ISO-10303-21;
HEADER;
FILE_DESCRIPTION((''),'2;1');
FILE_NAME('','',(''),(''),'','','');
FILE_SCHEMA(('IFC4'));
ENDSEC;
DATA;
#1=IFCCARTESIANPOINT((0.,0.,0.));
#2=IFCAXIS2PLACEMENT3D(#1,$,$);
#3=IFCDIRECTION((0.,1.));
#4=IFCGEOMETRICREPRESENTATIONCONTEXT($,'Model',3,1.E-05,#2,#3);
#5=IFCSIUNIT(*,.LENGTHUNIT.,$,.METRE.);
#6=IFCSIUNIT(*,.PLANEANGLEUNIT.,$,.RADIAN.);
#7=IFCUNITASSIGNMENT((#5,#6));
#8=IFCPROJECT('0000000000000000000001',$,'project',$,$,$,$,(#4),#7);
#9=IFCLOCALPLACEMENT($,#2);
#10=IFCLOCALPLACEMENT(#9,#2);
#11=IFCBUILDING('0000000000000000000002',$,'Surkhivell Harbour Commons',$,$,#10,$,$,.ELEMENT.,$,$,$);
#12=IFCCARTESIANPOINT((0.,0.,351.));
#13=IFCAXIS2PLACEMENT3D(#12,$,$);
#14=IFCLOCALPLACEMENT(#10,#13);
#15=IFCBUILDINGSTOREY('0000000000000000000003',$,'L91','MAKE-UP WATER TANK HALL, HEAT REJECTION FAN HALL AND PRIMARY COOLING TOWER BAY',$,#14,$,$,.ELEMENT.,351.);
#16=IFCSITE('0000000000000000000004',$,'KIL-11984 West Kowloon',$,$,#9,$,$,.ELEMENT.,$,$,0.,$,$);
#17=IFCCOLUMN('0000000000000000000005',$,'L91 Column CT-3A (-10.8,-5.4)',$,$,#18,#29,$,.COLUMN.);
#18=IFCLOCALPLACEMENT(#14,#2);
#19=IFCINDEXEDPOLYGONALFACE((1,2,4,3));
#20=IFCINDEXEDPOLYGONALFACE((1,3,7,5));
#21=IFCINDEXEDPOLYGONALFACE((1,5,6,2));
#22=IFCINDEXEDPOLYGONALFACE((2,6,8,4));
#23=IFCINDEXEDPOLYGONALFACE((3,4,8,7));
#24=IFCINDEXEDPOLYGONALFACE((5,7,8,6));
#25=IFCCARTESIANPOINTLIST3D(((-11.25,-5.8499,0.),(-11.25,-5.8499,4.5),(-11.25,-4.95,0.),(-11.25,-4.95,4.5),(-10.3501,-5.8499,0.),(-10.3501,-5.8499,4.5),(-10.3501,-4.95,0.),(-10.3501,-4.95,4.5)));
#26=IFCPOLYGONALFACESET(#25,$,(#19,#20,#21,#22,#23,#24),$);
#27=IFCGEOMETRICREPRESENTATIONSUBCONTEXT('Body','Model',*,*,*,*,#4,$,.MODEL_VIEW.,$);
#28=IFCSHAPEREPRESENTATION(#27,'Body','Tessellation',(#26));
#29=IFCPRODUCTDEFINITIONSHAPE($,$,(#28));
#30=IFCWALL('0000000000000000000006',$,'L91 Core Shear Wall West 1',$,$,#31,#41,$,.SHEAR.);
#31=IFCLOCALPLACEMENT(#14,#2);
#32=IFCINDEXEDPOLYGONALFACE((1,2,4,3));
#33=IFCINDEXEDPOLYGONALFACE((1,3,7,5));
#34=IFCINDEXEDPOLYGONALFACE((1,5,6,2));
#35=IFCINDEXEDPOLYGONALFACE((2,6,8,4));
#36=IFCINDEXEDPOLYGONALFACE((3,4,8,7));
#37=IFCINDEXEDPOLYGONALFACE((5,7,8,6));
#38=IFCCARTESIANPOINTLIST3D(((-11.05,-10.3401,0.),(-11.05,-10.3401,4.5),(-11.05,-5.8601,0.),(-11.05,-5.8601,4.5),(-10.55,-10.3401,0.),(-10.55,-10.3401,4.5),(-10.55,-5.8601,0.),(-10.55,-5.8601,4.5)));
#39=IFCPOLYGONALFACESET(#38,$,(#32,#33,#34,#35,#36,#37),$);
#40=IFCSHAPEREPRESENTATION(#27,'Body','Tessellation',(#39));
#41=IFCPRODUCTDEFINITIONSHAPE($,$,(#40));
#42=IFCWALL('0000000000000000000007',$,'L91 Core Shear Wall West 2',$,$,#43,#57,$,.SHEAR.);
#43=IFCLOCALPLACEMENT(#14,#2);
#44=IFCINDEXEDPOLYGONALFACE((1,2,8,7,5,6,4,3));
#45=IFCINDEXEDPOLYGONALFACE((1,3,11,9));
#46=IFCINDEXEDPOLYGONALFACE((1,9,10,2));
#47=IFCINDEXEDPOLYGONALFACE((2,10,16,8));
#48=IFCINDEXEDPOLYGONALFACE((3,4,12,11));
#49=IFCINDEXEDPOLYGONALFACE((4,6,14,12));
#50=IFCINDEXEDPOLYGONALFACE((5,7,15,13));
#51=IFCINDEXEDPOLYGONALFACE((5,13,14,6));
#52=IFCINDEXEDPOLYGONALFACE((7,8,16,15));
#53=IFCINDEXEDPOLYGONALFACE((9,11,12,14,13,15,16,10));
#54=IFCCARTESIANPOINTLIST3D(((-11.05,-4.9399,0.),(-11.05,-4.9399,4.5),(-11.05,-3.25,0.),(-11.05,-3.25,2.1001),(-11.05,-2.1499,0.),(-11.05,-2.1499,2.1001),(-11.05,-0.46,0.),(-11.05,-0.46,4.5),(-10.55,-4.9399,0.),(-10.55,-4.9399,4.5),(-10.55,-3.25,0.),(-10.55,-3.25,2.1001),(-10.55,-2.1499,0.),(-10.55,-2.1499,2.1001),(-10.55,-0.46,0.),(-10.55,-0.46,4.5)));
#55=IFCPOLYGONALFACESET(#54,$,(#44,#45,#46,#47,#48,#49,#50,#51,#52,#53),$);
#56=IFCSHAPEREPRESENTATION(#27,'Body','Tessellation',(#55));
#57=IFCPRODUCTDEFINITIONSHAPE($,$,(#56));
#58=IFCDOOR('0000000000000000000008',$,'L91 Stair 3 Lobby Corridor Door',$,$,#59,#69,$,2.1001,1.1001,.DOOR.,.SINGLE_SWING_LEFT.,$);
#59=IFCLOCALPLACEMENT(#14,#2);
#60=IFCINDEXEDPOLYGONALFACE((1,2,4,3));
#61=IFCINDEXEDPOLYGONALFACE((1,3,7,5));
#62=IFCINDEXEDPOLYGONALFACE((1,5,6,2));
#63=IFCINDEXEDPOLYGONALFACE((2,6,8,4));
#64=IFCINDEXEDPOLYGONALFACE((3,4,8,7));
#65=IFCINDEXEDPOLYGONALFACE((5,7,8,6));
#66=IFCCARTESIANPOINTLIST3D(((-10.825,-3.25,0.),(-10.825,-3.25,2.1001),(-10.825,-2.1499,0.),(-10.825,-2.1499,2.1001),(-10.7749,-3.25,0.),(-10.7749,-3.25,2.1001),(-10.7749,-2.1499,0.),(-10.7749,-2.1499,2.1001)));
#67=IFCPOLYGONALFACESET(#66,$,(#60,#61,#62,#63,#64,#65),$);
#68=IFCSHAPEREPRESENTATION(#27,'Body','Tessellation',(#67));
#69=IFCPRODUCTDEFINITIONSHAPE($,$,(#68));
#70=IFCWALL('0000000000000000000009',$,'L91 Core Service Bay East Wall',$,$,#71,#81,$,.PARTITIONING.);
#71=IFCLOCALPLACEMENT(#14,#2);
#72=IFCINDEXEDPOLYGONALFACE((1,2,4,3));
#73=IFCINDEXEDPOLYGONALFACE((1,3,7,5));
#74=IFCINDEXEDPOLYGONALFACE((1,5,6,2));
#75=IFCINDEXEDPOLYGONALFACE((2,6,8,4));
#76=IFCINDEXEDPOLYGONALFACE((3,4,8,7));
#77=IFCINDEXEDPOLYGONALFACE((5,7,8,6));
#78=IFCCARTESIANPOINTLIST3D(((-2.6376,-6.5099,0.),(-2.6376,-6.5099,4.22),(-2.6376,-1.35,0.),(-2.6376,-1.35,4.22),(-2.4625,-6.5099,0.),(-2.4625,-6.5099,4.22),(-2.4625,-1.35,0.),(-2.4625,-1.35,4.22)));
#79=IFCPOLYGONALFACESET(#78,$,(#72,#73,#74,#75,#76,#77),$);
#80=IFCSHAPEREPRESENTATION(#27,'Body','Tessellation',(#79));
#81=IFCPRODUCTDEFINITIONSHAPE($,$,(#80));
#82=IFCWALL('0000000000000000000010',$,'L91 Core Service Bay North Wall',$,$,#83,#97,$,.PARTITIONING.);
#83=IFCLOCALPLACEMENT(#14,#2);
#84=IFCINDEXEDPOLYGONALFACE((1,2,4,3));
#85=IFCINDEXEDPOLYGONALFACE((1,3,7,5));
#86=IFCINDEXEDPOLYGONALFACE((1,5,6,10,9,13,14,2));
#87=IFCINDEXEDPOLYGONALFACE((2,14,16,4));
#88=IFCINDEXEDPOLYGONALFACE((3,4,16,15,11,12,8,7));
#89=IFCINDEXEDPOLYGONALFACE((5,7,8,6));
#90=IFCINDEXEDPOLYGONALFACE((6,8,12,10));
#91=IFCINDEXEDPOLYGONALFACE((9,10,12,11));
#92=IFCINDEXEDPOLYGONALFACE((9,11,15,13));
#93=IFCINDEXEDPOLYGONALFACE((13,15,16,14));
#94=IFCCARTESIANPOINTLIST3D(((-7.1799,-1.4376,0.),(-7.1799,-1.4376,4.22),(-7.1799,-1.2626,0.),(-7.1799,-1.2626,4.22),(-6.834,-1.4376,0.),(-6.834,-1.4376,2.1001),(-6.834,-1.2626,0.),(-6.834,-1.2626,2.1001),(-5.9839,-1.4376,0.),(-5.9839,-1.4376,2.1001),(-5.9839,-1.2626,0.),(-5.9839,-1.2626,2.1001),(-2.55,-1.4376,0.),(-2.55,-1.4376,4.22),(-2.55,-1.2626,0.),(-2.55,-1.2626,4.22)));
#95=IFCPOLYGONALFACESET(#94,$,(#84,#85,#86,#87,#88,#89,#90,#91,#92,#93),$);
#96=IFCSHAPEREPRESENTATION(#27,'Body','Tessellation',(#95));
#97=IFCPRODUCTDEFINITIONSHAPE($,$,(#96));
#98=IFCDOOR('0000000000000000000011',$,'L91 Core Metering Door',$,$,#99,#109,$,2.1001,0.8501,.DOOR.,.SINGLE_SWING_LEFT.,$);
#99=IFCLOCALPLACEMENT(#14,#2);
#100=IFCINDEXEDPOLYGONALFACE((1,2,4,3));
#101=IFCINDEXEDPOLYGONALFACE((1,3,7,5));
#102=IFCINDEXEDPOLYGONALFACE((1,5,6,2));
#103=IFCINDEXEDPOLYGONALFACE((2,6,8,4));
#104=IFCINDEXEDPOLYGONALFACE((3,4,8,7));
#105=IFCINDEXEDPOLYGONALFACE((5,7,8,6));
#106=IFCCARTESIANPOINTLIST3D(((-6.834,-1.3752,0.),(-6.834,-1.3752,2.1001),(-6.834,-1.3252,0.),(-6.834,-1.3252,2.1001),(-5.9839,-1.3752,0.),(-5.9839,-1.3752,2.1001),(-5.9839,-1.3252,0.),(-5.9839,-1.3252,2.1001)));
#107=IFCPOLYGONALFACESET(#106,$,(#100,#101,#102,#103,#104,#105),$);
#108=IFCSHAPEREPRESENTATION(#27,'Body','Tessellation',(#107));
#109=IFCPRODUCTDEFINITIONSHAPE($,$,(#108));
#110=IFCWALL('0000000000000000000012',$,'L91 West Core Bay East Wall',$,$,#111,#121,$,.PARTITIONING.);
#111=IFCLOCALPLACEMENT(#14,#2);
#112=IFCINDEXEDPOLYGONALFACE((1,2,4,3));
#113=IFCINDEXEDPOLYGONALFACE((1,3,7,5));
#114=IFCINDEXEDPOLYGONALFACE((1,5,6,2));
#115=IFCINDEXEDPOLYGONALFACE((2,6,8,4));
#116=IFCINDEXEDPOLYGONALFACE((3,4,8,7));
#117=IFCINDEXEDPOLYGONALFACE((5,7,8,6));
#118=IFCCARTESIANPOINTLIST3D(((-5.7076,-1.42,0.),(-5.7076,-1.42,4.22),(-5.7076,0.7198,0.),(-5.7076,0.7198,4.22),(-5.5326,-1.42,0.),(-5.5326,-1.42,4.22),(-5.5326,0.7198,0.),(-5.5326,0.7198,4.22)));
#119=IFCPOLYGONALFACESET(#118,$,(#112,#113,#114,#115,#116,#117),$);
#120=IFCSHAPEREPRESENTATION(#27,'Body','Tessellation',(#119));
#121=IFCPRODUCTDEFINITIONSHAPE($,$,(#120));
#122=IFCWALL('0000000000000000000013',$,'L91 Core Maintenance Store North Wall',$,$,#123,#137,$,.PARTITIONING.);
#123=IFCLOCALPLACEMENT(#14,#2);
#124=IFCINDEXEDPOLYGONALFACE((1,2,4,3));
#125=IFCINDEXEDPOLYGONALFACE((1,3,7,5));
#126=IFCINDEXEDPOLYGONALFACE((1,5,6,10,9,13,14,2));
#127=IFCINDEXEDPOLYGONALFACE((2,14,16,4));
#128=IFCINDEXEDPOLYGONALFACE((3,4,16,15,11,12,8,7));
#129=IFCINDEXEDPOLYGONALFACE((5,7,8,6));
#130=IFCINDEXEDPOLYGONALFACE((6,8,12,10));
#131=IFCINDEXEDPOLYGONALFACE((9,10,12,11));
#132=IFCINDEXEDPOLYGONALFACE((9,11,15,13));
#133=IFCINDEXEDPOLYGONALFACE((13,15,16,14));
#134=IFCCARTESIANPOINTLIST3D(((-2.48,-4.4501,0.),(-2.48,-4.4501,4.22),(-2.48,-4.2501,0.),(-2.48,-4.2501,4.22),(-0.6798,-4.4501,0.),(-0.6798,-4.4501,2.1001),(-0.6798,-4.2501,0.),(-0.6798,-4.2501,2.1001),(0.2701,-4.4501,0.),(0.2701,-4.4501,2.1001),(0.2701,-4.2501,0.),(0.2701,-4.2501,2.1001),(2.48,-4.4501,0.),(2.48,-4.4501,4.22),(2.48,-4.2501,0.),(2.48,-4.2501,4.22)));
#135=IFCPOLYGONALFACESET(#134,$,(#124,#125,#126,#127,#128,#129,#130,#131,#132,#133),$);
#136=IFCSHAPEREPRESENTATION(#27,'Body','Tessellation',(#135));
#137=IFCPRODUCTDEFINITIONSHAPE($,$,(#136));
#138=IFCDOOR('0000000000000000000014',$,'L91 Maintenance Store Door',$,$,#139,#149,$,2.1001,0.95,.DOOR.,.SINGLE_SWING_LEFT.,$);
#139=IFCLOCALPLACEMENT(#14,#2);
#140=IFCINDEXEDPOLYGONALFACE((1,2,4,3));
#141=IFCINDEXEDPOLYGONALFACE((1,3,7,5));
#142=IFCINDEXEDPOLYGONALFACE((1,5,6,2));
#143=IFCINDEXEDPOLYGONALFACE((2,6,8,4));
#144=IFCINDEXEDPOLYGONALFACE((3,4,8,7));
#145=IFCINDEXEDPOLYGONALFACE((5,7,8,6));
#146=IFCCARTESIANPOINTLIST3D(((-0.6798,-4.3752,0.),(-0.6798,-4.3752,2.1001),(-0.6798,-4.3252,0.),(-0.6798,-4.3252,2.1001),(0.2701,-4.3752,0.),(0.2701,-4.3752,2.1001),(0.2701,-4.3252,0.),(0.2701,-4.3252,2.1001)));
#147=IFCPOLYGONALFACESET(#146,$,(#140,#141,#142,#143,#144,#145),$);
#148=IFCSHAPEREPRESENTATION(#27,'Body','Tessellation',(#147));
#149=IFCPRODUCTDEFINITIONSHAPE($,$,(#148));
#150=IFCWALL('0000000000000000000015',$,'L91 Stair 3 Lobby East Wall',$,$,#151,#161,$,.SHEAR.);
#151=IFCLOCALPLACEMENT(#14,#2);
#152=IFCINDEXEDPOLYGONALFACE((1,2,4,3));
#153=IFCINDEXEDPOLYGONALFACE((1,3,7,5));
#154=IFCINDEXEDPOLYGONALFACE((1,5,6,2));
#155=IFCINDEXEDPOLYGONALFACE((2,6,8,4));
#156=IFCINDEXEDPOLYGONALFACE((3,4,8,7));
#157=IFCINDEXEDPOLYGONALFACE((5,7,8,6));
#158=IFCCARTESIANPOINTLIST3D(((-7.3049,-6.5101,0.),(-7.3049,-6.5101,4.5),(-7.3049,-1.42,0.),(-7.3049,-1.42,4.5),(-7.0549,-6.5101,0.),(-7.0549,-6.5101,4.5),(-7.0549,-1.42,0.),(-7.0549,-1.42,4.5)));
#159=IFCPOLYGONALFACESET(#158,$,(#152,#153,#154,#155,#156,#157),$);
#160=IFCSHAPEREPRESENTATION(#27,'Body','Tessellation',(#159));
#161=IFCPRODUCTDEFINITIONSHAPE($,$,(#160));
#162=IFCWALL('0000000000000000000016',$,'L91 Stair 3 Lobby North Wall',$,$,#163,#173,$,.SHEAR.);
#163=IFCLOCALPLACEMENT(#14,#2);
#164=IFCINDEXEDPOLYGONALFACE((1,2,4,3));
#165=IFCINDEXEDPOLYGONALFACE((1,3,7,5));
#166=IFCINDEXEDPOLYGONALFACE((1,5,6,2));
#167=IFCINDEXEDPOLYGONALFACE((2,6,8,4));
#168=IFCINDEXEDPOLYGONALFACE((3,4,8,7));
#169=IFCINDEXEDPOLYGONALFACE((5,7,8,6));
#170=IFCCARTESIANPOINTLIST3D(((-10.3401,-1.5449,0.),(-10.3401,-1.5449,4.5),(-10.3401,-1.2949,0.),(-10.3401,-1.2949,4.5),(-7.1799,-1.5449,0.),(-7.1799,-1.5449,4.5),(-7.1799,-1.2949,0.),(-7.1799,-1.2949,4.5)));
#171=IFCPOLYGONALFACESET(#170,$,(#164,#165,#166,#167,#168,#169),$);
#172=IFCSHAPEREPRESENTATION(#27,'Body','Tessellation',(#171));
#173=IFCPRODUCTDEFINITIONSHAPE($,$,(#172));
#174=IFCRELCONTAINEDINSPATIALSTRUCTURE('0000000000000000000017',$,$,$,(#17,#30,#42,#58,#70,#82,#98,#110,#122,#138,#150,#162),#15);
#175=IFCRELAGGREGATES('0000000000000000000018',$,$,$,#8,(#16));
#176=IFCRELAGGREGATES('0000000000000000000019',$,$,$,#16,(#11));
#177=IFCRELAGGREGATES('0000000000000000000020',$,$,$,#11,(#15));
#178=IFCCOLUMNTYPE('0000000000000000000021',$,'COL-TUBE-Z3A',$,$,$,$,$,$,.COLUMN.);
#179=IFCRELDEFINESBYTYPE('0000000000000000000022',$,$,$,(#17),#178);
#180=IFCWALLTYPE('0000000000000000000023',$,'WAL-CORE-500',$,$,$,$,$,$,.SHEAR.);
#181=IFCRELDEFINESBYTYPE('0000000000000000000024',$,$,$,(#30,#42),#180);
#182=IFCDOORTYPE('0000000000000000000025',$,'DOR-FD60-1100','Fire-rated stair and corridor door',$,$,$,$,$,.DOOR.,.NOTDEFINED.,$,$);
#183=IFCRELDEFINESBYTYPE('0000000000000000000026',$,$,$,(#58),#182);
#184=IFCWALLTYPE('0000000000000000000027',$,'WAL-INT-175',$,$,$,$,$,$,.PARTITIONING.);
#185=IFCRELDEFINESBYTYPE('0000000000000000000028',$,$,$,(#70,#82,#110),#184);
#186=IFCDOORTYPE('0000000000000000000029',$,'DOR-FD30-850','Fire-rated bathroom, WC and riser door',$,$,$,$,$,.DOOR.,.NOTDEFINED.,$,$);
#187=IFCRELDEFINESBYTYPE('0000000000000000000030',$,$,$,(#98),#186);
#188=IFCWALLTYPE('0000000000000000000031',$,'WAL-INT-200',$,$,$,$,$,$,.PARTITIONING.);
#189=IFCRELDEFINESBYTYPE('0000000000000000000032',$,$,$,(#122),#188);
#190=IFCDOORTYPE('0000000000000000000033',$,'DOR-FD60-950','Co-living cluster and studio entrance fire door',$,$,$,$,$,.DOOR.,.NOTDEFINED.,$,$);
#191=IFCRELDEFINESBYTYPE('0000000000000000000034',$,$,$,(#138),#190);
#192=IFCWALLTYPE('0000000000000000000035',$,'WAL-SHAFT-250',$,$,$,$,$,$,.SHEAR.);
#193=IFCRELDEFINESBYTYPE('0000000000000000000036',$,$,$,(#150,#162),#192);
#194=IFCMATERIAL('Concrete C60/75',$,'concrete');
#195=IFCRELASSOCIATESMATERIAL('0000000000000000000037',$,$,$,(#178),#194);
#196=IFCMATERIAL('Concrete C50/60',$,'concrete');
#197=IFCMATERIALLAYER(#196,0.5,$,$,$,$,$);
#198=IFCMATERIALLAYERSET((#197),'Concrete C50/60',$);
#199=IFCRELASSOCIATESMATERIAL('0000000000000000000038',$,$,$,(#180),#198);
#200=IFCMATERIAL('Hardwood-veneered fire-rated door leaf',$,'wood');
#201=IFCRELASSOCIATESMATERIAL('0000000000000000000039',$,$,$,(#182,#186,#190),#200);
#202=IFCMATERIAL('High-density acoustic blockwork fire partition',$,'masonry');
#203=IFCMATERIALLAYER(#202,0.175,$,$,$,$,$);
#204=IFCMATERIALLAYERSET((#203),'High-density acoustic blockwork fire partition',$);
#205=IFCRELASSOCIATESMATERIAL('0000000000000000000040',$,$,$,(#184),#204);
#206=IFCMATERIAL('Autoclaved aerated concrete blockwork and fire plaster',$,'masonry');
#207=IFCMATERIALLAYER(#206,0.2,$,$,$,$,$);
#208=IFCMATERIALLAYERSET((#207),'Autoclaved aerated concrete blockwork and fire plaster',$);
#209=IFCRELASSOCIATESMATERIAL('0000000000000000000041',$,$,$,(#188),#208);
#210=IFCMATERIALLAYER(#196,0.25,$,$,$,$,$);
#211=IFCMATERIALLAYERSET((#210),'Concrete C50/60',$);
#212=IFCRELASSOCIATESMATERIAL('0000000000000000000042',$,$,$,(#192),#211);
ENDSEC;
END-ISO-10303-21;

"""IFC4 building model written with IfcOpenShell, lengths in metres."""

from ifc_helpers import new_model, si_unit, direction, frame, frame_2d, origin, origin_2d, place, context, subcontext, project, spatial, rectangle, extrude, material, layer, layer_set, material_profile, profile_set, type_object, element, fill, save


model = new_model("IFC4")

# Units and contexts
model_context = context("Model", 3, precision=1e-05, world=origin(), true_north=direction((0.0, 1.0)))
body_context = subcontext(model_context, "Body", "Model", "MODEL_VIEW")
ifc_project = project(units=[si_unit("LENGTHUNIT", "METRE"), si_unit("PLANEANGLEUNIT", "RADIAN")], contexts=[model_context])

# Site, building, storey
site_placement = place(None, origin())
site = spatial("IfcSite", under=ifc_project, at=site_placement, Name="KIL-11984 West Kowloon", CompositionType="ELEMENT", RefElevation=0.0)
building_placement = place(site_placement, origin())
building = spatial("IfcBuilding", under=site, at=building_placement, Name="Surkhivell Harbour Commons", CompositionType="ELEMENT")
storey_placement = place(building_placement, frame((0.0, 0.0, 351.0)))
storey = spatial("IfcBuildingStorey", under=building, at=storey_placement, Name="L91", Description="MAKE-UP WATER TANK HALL, HEAT REJECTION FAN HALL AND PRIMARY COOLING TOWER BAY", CompositionType="ELEMENT", Elevation=351.0)

# Column
ifc_material_1 = material(Name="Concrete C60/75", Category="concrete")
ifc_material_profile = material_profile(ifc_material_1, rectangle(XDim=0.8999, YDim=0.8999, at=origin_2d()), Name="RC-COL-900x900")
ifc_profile_set = profile_set([ifc_material_profile], Name="Concrete C60/75")
column_type = type_object("IfcColumnType", Name="COL-TUBE-Z3A", PredefinedType="COLUMN", material=ifc_profile_set)
column_placement = place(storey_placement, frame((-10.8, -5.3999, 0.0), z_axis=(0.0, 0.0, 1.0), x_axis=(1.0, 0.0, 0.0)))
element("IfcColumn", 1, at=column_placement, inside=storey, type_object=column_type, Name="L91 Column CT-3A (-10.8,-5.4)", PredefinedType="COLUMN", context=body_context, shape_type="SweptSolid", body=[
    extrude(rectangle(XDim=0.8999, YDim=0.8999, at=origin_2d()), origin(), (0.0, 0.0, 1.0), 4.5),
])

# Wall
ifc_material_2 = material(Name="Concrete C50/60", Category="concrete")
ifc_layer_1 = layer(ifc_material_2, 0.5)
ifc_layer_set_1 = layer_set([ifc_layer_1], Name="Concrete C50/60")
wall_type_1 = type_object("IfcWallType", Name="WAL-CORE-500", PredefinedType="SHEAR", material=ifc_layer_set_1)
wall_1_placement = place(storey_placement, frame((-10.8, -10.3401, 0.0), z_axis=(0.0, 0.0, 1.0), x_axis=(0.0, 1.0, 0.0)))
element("IfcWall", 2, at=wall_1_placement, inside=storey, type_object=wall_type_1, Name="L91 Core Shear Wall West 1", PredefinedType="SHEAR", context=body_context, shape_type="SweptSolid", body=[
    extrude(rectangle(XDim=4.48, YDim=0.5, at=frame_2d((2.24, 0.0))), origin(), (0.0, 0.0, 1.0), 4.5),
])

# Wall, opening, door
wall_2_placement = place(storey_placement, frame((-10.8, -4.9399, 0.0), z_axis=(0.0, 0.0, 1.0), x_axis=(0.0, 1.0, 0.0)))
wall_2 = element("IfcWall", 3, at=wall_2_placement, inside=storey, type_object=wall_type_1, Name="L91 Core Shear Wall West 2", PredefinedType="SHEAR", context=body_context, shape_type="SweptSolid", body=[
    extrude(rectangle(XDim=4.48, YDim=0.5, at=frame_2d((2.24, 0.0))), origin(), (0.0, 0.0, 1.0), 4.5),
])
opening_1_placement = place(wall_2_placement, frame((1.6899, 0.0, 0.0)))
opening_1 = element("IfcOpeningElement", 4, at=opening_1_placement, cuts=wall_2, PredefinedType="OPENING", context=body_context, shape_type="SweptSolid", body=[
    extrude(rectangle(XDim=1.1001, YDim=2.1001, at=frame_2d((0.55, 1.05))), frame((0.0, 0.26, 0.0), z_axis=(0.0, -1.0, 0.0), x_axis=(1.0, 0.0, 0.0)), (0.0, 0.0, 1.0), 0.52),
])
ifc_material_3 = material(Name="Hardwood-veneered fire-rated door leaf", Category="wood")
door_type_1 = type_object("IfcDoorType", Name="DOR-FD60-1100", Description="Fire-rated stair and corridor door", OperationType="NOTDEFINED", PredefinedType="DOOR", material=ifc_material_3)
door_1_placement = place(opening_1_placement, origin())
door_1 = element("IfcDoor", 5, at=door_1_placement, inside=storey, type_object=door_type_1, Name="L91 Stair 3 Lobby Corridor Door", OperationType="SINGLE_SWING_LEFT", OverallHeight=2.1001, OverallWidth=1.1001, PredefinedType="DOOR", context=body_context, shape_type="SweptSolid", body=[
    extrude(rectangle(XDim=1.1001, YDim=2.1001, at=frame_2d((0.55, 1.05))), frame((0.0, 0.0249, 0.0), z_axis=(0.0, -1.0, 0.0), x_axis=(1.0, 0.0, 0.0)), (0.0, 0.0, 1.0), 0.05),
])
fill(opening_1, door_1)

# Wall
ifc_material_4 = material(Name="High-density acoustic blockwork fire partition", Category="masonry")
ifc_layer_2 = layer(ifc_material_4, 0.175)
ifc_layer_set_2 = layer_set([ifc_layer_2], Name="High-density acoustic blockwork fire partition")
wall_type_2 = type_object("IfcWallType", Name="WAL-INT-175", PredefinedType="PARTITIONING", material=ifc_layer_set_2)
wall_3_placement = place(storey_placement, frame((-2.55, -6.51, 0.0), z_axis=(0.0, 0.0, 1.0), x_axis=(0.0, 1.0, 0.0)))
element("IfcWall", 6, at=wall_3_placement, inside=storey, type_object=wall_type_2, Name="L91 Core Service Bay East Wall", PredefinedType="PARTITIONING", context=body_context, shape_type="SweptSolid", body=[
    extrude(rectangle(XDim=5.1599, YDim=0.175, at=frame_2d((2.5801, 0.0))), origin(), (0.0, 0.0, 1.0), 4.22),
])

# Wall, opening, door
wall_4_placement = place(storey_placement, frame((-7.1799, -1.3501, 0.0), z_axis=(0.0, 0.0, 1.0), x_axis=(1.0, 0.0, 0.0)))
wall_4 = element("IfcWall", 7, at=wall_4_placement, inside=storey, type_object=wall_type_2, Name="L91 Core Service Bay North Wall", PredefinedType="PARTITIONING", context=body_context, shape_type="SweptSolid", body=[
    extrude(rectangle(XDim=4.6299, YDim=0.175, at=frame_2d((2.3149, 0.0))), origin(), (0.0, 0.0, 1.0), 4.22),
])
opening_2_placement = place(wall_4_placement, frame((0.3459, 0.0, 0.0)))
opening_2 = element("IfcOpeningElement", 8, at=opening_2_placement, cuts=wall_4, PredefinedType="OPENING", context=body_context, shape_type="SweptSolid", body=[
    extrude(rectangle(XDim=0.8501, YDim=2.1001, at=frame_2d((0.425, 1.05))), frame((0.0, 0.0974, 0.0), z_axis=(0.0, -1.0, 0.0), x_axis=(1.0, 0.0, 0.0)), (0.0, 0.0, 1.0), 0.1951),
])
door_type_2 = type_object("IfcDoorType", Name="DOR-FD30-850", Description="Fire-rated bathroom, WC and riser door", OperationType="NOTDEFINED", PredefinedType="DOOR", material=ifc_material_3)
door_2_placement = place(opening_2_placement, origin())
door_2 = element("IfcDoor", 9, at=door_2_placement, inside=storey, type_object=door_type_2, Name="L91 Core Metering Door", OperationType="SINGLE_SWING_LEFT", OverallHeight=2.1001, OverallWidth=0.8501, PredefinedType="DOOR", context=body_context, shape_type="SweptSolid", body=[
    extrude(rectangle(XDim=0.8501, YDim=2.1001, at=frame_2d((0.425, 1.05))), frame((0.0, 0.0249, 0.0), z_axis=(0.0, -1.0, 0.0), x_axis=(1.0, 0.0, 0.0)), (0.0, 0.0, 1.0), 0.05),
])
fill(opening_2, door_2)

# Wall
wall_5_placement = place(storey_placement, frame((-5.6201, -1.4199, 0.0), z_axis=(0.0, 0.0, 1.0), x_axis=(0.0, 1.0, 0.0)))
element("IfcWall", 10, at=wall_5_placement, inside=storey, type_object=wall_type_2, Name="L91 West Core Bay East Wall", PredefinedType="PARTITIONING", context=body_context, shape_type="SweptSolid", body=[
    extrude(rectangle(XDim=2.1399, YDim=0.175, at=frame_2d((1.0698, 0.0))), origin(), (0.0, 0.0, 1.0), 4.22),
])

# Wall, opening, door
ifc_material_5 = material(Name="Autoclaved aerated concrete blockwork and fire plaster", Category="masonry")
ifc_layer_3 = layer(ifc_material_5, 0.2)
ifc_layer_set_3 = layer_set([ifc_layer_3], Name="Autoclaved aerated concrete blockwork and fire plaster")
wall_type_3 = type_object("IfcWallType", Name="WAL-INT-200", PredefinedType="PARTITIONING", material=ifc_layer_set_3)
wall_6_placement = place(storey_placement, frame((-2.48, -4.3501, 0.0), z_axis=(0.0, 0.0, 1.0), x_axis=(1.0, 0.0, 0.0)))
wall_6 = element("IfcWall", 11, at=wall_6_placement, inside=storey, type_object=wall_type_3, Name="L91 Core Maintenance Store North Wall", PredefinedType="PARTITIONING", context=body_context, shape_type="SweptSolid", body=[
    extrude(rectangle(XDim=4.96, YDim=0.2, at=frame_2d((2.48, 0.0))), origin(), (0.0, 0.0, 1.0), 4.22),
])
opening_3_placement = place(wall_6_placement, frame((1.8, 0.0, 0.0)))
opening_3 = element("IfcOpeningElement", 12, at=opening_3_placement, cuts=wall_6, PredefinedType="OPENING", context=body_context, shape_type="SweptSolid", body=[
    extrude(rectangle(XDim=0.95, YDim=2.1001, at=frame_2d((0.4751, 1.05))), frame((0.0, 0.1099, 0.0), z_axis=(0.0, -1.0, 0.0), x_axis=(1.0, 0.0, 0.0)), (0.0, 0.0, 1.0), 0.22),
])
door_type_3 = type_object("IfcDoorType", Name="DOR-FD60-950", Description="Co-living cluster and studio entrance fire door", OperationType="NOTDEFINED", PredefinedType="DOOR", material=ifc_material_3)
door_3_placement = place(opening_3_placement, origin())
door_3 = element("IfcDoor", 13, at=door_3_placement, inside=storey, type_object=door_type_3, Name="L91 Maintenance Store Door", OperationType="SINGLE_SWING_LEFT", OverallHeight=2.1001, OverallWidth=0.95, PredefinedType="DOOR", context=body_context, shape_type="SweptSolid", body=[
    extrude(rectangle(XDim=0.95, YDim=2.1001, at=frame_2d((0.4751, 1.05))), frame((0.0, 0.0249, 0.0), z_axis=(0.0, -1.0, 0.0), x_axis=(1.0, 0.0, 0.0)), (0.0, 0.0, 1.0), 0.05),
])
fill(opening_3, door_3)

# Walls
ifc_layer_4 = layer(ifc_material_2, 0.25)
ifc_layer_set_4 = layer_set([ifc_layer_4], Name="Concrete C50/60")
wall_type_4 = type_object("IfcWallType", Name="WAL-SHAFT-250", PredefinedType="SHEAR", material=ifc_layer_set_4)
wall_7_placement = place(storey_placement, frame((-7.1799, -6.51, 0.0), z_axis=(0.0, 0.0, 1.0), x_axis=(0.0, 1.0, 0.0)))
element("IfcWall", 14, at=wall_7_placement, inside=storey, type_object=wall_type_4, Name="L91 Stair 3 Lobby East Wall", PredefinedType="SHEAR", context=body_context, shape_type="SweptSolid", body=[
    extrude(rectangle(XDim=5.0901, YDim=0.25, at=frame_2d((2.5449, 0.0))), origin(), (0.0, 0.0, 1.0), 4.5),
])
wall_8_placement = place(storey_placement, frame((-10.3401, -1.4199, 0.0), z_axis=(0.0, 0.0, 1.0), x_axis=(1.0, 0.0, 0.0)))
element("IfcWall", 15, at=wall_8_placement, inside=storey, type_object=wall_type_4, Name="L91 Stair 3 Lobby North Wall", PredefinedType="SHEAR", context=body_context, shape_type="SweptSolid", body=[
    extrude(rectangle(XDim=3.1602, YDim=0.25, at=frame_2d((1.5801, 0.0))), origin(), (0.0, 0.0, 1.0), 4.5),
])

save(model, "model.ifc")
